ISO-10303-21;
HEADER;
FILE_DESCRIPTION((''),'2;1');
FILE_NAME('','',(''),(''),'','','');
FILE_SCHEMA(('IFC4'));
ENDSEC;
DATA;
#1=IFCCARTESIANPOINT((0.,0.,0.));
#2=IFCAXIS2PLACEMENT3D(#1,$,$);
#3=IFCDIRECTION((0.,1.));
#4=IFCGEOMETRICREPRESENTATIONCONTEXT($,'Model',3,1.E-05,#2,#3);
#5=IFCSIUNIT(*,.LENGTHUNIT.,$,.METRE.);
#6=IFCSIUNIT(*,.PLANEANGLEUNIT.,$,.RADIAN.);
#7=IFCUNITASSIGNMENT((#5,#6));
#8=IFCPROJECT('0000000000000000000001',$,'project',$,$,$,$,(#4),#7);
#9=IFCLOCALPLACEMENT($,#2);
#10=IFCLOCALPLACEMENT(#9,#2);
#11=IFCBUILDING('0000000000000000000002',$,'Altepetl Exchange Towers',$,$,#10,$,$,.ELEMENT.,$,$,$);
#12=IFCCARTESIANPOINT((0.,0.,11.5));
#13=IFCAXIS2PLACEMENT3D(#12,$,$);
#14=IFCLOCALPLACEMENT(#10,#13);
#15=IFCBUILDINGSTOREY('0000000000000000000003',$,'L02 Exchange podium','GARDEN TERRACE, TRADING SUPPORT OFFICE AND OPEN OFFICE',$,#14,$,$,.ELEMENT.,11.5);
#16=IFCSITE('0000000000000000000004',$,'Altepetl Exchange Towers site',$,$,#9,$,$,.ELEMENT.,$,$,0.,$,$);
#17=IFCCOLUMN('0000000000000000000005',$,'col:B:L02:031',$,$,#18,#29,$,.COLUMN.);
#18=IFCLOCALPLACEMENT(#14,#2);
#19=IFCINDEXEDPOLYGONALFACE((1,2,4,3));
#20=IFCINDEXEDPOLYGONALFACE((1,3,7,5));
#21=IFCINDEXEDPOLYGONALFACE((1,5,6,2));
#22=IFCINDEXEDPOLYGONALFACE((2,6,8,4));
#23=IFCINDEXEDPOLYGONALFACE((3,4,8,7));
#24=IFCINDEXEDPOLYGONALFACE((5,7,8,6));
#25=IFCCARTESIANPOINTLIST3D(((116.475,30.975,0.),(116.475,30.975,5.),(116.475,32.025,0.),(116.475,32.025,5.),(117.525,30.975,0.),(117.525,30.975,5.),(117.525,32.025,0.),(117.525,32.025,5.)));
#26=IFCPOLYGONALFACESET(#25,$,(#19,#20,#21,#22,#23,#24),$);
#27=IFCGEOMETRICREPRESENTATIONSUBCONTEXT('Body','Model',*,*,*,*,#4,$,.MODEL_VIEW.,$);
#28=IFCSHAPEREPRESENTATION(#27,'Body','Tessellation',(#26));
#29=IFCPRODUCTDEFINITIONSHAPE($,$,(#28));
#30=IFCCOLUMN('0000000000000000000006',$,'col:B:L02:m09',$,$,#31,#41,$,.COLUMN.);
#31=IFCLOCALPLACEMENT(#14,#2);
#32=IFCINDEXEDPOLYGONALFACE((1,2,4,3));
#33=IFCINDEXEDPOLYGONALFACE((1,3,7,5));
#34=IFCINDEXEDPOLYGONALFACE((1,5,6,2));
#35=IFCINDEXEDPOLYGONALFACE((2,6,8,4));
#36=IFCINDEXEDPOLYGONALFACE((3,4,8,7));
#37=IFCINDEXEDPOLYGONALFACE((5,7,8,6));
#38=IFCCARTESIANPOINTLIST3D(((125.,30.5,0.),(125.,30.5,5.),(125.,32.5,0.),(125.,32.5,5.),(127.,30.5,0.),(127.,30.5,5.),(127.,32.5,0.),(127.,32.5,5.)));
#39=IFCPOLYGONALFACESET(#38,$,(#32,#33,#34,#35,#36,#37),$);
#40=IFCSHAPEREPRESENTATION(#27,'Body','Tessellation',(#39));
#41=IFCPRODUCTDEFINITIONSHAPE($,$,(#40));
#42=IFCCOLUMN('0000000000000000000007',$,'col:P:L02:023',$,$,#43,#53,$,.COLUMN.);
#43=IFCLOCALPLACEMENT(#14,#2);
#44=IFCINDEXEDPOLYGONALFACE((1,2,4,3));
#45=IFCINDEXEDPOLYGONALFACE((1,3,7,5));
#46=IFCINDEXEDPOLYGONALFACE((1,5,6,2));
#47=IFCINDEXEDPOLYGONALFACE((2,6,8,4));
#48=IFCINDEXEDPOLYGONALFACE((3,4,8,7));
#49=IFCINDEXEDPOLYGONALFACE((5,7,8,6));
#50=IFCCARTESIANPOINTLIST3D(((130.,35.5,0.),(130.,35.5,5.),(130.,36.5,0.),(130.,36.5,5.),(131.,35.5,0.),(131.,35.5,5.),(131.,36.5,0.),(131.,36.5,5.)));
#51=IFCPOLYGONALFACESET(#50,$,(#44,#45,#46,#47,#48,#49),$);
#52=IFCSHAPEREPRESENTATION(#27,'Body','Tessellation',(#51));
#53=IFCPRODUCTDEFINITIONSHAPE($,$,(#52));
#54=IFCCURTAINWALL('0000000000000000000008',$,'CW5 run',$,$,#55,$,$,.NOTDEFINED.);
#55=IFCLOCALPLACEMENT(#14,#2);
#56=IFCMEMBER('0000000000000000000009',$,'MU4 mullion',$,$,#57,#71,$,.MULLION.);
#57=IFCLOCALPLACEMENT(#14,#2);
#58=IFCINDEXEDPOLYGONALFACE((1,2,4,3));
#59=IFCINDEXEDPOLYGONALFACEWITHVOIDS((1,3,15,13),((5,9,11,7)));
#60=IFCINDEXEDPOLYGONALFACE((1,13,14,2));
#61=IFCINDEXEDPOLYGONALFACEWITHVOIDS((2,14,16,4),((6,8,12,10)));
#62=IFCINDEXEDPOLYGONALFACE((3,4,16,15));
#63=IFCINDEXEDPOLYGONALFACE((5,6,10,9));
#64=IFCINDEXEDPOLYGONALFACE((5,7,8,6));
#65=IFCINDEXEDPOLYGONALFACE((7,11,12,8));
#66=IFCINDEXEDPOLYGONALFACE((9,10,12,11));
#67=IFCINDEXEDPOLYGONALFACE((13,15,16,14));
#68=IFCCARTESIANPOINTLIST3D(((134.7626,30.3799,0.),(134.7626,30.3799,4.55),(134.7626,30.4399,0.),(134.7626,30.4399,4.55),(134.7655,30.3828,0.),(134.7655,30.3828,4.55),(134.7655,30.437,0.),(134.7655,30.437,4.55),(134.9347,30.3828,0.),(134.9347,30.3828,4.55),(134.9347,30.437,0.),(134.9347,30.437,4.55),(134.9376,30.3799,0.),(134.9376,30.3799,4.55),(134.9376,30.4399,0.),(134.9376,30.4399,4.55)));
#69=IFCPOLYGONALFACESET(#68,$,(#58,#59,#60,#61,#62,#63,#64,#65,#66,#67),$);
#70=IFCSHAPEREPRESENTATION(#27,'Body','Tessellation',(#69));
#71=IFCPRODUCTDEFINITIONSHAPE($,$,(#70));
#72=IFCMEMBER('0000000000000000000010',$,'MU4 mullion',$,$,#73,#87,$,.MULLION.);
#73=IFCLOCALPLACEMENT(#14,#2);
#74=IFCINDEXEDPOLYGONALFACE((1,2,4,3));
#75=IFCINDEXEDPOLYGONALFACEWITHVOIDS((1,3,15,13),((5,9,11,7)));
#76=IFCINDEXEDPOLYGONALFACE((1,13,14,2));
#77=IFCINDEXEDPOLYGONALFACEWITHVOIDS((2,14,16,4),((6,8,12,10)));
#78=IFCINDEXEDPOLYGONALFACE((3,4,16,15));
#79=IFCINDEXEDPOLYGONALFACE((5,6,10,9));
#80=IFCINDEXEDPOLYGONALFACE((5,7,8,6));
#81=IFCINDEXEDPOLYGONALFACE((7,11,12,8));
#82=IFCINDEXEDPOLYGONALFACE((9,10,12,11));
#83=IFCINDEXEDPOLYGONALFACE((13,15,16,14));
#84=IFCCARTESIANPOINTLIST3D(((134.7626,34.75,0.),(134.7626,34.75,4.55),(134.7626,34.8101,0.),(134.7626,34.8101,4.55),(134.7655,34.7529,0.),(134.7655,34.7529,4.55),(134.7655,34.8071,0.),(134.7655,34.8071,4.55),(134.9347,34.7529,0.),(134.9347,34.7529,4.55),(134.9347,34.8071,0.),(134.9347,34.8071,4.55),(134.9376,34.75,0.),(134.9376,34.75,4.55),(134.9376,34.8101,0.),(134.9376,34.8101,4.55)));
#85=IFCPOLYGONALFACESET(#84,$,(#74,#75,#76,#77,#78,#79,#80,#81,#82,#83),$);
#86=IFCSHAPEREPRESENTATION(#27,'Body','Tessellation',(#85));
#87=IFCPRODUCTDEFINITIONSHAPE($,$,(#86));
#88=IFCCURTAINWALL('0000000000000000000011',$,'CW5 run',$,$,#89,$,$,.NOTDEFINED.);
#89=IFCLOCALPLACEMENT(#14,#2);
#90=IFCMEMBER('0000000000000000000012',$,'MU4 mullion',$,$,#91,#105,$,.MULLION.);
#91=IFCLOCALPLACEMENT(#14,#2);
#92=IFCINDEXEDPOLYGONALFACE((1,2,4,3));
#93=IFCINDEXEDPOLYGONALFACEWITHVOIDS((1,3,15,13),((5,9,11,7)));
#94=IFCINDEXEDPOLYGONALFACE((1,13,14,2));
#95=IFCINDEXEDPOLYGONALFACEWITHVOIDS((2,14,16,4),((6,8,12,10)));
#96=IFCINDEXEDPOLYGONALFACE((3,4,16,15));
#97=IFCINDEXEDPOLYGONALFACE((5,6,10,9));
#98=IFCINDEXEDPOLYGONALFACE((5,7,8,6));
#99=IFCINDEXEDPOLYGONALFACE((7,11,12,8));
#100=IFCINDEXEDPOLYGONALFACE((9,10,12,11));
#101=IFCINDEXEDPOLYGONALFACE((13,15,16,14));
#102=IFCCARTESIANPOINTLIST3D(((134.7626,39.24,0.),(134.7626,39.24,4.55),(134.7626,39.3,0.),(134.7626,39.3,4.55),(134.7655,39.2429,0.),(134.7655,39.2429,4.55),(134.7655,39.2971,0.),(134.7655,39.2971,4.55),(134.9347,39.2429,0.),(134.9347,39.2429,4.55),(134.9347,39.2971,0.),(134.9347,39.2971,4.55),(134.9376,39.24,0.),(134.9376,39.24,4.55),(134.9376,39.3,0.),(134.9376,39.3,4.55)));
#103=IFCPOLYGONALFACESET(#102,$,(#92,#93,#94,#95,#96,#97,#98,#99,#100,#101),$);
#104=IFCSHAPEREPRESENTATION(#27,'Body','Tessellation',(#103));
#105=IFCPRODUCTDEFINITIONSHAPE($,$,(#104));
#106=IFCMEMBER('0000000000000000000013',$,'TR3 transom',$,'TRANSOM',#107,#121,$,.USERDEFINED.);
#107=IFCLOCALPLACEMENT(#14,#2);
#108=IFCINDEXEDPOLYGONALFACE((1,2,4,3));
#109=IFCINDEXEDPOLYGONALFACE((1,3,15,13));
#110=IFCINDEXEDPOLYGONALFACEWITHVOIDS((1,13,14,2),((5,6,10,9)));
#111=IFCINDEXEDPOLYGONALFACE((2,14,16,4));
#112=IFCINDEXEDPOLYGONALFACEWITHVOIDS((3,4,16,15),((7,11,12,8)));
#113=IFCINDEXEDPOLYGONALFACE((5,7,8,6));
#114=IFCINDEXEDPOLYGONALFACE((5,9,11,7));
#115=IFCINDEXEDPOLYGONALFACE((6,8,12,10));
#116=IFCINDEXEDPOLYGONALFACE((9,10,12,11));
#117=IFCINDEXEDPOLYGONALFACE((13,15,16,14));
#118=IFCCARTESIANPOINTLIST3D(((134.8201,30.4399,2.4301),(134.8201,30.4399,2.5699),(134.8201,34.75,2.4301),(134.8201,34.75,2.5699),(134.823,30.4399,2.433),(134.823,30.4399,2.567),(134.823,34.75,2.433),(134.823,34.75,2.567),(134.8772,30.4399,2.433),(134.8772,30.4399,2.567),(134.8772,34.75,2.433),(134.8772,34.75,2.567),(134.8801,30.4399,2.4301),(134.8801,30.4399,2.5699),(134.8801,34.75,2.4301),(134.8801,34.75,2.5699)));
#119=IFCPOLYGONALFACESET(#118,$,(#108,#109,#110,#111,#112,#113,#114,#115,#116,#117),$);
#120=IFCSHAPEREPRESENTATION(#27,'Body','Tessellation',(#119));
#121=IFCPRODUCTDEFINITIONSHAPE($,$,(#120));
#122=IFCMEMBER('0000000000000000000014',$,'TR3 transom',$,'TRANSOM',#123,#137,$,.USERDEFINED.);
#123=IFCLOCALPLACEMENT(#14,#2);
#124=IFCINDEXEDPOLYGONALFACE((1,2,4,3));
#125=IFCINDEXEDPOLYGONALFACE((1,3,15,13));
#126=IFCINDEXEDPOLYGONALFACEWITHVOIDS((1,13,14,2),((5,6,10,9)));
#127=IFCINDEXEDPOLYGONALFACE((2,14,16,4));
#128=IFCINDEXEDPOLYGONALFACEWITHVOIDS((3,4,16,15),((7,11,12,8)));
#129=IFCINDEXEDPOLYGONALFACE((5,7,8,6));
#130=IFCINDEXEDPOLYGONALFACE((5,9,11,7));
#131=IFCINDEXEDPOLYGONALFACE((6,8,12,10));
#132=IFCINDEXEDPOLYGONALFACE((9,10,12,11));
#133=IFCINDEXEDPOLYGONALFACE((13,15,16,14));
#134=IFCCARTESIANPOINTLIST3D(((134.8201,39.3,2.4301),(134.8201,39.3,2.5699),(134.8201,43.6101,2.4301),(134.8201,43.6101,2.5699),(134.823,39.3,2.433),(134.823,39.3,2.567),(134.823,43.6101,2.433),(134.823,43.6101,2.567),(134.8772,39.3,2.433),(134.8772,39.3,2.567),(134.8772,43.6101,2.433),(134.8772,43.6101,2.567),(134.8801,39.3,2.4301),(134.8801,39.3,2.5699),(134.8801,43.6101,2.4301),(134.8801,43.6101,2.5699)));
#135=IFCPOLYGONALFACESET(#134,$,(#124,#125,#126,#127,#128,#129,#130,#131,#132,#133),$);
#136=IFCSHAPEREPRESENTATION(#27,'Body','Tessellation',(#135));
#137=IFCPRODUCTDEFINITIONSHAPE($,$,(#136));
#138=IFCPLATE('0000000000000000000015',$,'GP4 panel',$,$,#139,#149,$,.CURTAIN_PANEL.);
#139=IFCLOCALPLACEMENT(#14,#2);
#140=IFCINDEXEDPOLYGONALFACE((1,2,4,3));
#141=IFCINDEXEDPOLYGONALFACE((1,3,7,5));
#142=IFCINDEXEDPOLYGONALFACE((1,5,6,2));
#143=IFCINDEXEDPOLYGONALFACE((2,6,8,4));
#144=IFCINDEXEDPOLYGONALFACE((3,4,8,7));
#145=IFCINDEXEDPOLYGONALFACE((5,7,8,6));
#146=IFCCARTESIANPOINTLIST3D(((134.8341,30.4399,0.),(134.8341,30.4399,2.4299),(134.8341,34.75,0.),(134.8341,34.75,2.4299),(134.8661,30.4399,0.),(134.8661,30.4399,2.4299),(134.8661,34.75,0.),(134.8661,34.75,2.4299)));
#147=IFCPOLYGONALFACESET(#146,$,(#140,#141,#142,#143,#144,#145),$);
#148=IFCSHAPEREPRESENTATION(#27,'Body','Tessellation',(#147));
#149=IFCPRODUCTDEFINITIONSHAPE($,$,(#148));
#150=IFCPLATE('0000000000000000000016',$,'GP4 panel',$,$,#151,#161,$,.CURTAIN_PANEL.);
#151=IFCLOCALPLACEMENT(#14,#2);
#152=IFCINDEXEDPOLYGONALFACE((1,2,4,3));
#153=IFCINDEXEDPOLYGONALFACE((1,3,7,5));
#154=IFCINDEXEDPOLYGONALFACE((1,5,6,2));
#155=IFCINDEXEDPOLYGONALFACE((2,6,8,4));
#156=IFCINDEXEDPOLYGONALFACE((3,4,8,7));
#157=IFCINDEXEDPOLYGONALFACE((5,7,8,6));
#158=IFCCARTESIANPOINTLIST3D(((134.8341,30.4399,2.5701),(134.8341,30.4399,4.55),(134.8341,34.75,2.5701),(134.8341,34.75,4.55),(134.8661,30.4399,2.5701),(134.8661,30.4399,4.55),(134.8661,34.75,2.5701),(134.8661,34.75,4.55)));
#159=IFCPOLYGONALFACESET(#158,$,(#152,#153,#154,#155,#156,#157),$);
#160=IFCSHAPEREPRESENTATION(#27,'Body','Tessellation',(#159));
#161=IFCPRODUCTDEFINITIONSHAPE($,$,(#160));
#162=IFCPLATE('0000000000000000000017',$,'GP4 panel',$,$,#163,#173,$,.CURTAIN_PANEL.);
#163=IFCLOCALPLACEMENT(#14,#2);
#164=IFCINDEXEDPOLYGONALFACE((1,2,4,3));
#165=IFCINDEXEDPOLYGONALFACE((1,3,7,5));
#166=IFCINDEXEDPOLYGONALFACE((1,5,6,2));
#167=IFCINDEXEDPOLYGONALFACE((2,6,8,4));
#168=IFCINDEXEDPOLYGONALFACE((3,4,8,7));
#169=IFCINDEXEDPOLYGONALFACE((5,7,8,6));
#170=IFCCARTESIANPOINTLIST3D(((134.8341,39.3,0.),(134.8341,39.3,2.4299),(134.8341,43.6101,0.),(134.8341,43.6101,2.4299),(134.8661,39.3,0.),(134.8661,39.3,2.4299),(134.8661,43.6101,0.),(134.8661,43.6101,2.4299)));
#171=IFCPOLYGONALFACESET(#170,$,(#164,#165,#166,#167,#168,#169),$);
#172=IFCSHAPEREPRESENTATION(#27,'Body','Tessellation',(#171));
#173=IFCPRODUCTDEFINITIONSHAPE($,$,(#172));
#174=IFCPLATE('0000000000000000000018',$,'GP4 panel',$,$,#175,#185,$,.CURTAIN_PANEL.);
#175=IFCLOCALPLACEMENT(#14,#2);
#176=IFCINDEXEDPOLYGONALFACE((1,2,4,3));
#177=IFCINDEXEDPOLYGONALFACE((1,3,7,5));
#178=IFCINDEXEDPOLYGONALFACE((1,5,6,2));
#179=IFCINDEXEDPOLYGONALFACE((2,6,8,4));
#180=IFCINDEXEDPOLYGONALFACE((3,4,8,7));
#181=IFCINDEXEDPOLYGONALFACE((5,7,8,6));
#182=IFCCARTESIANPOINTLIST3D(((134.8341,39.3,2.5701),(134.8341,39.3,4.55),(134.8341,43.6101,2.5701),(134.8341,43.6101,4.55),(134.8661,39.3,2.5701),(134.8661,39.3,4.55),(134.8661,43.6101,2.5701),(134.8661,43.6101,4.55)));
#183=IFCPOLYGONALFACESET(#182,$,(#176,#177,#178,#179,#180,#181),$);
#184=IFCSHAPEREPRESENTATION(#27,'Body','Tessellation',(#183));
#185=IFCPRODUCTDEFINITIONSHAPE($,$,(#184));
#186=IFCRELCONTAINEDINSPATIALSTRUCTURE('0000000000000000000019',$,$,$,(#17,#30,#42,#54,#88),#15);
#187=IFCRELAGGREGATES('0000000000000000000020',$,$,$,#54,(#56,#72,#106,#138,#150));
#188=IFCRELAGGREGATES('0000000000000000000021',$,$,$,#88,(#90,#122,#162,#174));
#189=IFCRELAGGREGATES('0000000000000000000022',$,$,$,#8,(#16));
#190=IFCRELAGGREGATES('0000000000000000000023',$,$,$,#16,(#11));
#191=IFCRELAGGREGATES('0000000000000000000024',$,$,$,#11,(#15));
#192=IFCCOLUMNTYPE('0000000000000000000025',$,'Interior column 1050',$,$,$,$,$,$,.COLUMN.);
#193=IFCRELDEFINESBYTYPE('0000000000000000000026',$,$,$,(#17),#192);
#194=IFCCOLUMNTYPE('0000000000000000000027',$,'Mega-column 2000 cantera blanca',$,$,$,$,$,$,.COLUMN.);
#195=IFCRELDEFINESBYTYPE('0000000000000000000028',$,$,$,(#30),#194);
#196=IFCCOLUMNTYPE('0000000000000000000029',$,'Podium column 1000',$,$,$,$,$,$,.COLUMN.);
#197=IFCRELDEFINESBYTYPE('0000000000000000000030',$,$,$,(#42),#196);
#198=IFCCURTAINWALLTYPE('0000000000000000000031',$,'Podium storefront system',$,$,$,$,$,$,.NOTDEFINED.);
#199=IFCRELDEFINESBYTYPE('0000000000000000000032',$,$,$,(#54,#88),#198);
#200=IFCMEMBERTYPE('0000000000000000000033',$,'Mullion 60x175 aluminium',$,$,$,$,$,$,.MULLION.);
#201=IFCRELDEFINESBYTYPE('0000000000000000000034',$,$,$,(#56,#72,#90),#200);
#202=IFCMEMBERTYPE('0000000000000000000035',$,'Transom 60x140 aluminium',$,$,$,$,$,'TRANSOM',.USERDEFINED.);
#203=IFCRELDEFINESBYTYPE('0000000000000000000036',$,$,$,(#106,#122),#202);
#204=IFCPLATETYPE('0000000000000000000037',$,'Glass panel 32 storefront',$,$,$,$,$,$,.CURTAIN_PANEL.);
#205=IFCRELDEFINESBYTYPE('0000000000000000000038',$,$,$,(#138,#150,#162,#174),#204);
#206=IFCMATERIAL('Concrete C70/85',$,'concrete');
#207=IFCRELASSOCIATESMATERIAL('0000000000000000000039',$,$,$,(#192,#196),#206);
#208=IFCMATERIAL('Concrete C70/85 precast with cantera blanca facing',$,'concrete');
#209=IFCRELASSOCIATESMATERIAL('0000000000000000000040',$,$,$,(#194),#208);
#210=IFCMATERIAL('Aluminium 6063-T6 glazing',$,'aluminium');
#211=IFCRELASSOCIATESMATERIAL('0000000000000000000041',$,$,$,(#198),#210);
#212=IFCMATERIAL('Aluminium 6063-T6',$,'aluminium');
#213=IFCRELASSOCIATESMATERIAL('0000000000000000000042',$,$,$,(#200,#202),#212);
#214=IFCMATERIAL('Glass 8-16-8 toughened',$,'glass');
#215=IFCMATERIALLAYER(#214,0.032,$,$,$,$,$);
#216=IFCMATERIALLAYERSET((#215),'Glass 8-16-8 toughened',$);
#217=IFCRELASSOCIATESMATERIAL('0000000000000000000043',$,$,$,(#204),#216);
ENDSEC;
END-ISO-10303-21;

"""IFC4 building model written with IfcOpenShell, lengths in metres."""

from ifc_helpers import new_model, si_unit, direction, frame, origin, origin_2d, place, context, subcontext, project, spatial, rectangle, hollow_rectangle, extrude, material, layer, layer_set, material_profile, profile_set, type_object, element, aggregate, save


model = new_model("IFC4")

# Units and contexts
model_context = context("Model", 3, precision=1e-05, world=origin(), true_north=direction((0.0, 1.0)))
body_context = subcontext(model_context, "Body", "Model", "MODEL_VIEW")
ifc_project = project(units=[si_unit("LENGTHUNIT", "METRE"), si_unit("PLANEANGLEUNIT", "RADIAN")], contexts=[model_context])

# Site, building, storey
site_placement = place(None, origin())
site = spatial("IfcSite", under=ifc_project, at=site_placement, Name="Altepetl Exchange Towers site", CompositionType="ELEMENT", RefElevation=0.0)
building_placement = place(site_placement, origin())
building = spatial("IfcBuilding", under=site, at=building_placement, Name="Altepetl Exchange Towers", CompositionType="ELEMENT")
storey_placement = place(building_placement, frame((0.0, 0.0, 11.5)))
storey = spatial("IfcBuildingStorey", under=building, at=storey_placement, Name="L02 Exchange podium", Description="GARDEN TERRACE, TRADING SUPPORT OFFICE AND OPEN OFFICE", CompositionType="ELEMENT", Elevation=11.5)

# Columns
ifc_material_1 = material(Name="Concrete C70/85", Category="concrete")
ifc_material_profile_1 = material_profile(ifc_material_1, rectangle(XDim=1.05, YDim=1.05, at=origin_2d()), Name="1050 x 1050")
ifc_profile_set_1 = profile_set([ifc_material_profile_1], Name="Concrete C70/85")
column_type_1 = type_object("IfcColumnType", Name="Interior column 1050", PredefinedType="COLUMN", material=ifc_profile_set_1)
column_1_placement = place(storey_placement, frame((117.0, 31.5, 0.0)))
element("IfcColumn", 1, at=column_1_placement, inside=storey, type_object=column_type_1, Name="col:B:L02:031", PredefinedType="COLUMN", context=body_context, shape_type="SweptSolid", body=[
    extrude(rectangle(XDim=1.05, YDim=1.05, at=origin_2d()), origin(), (0.0, 0.0, 1.0), 5.0),
])
ifc_material_2 = material(Name="Concrete C70/85 precast with cantera blanca facing", Category="concrete")
ifc_material_profile_2 = material_profile(ifc_material_2, rectangle(XDim=2.0, YDim=2.0, at=origin_2d()), Name="2000 x 2000")
ifc_profile_set_2 = profile_set([ifc_material_profile_2], Name="Concrete C70/85 precast with cantera blanca facing")
column_type_2 = type_object("IfcColumnType", Name="Mega-column 2000 cantera blanca", PredefinedType="COLUMN", material=ifc_profile_set_2)
column_2_placement = place(storey_placement, frame((126.0, 31.5, 0.0)))
element("IfcColumn", 2, at=column_2_placement, inside=storey, type_object=column_type_2, Name="col:B:L02:m09", PredefinedType="COLUMN", context=body_context, shape_type="SweptSolid", body=[
    extrude(rectangle(XDim=2.0, YDim=2.0, at=origin_2d()), origin(), (0.0, 0.0, 1.0), 5.0),
])
ifc_material_profile_3 = material_profile(ifc_material_1, rectangle(XDim=1.0, YDim=1.0, at=origin_2d()), Name="1000 x 1000")
ifc_profile_set_3 = profile_set([ifc_material_profile_3], Name="Concrete C70/85")
column_type_3 = type_object("IfcColumnType", Name="Podium column 1000", PredefinedType="COLUMN", material=ifc_profile_set_3)
column_3_placement = place(storey_placement, frame((130.5, 36.0, 0.0)))
element("IfcColumn", 3, at=column_3_placement, inside=storey, type_object=column_type_3, Name="col:P:L02:023", PredefinedType="COLUMN", context=body_context, shape_type="SweptSolid", body=[
    extrude(rectangle(XDim=1.0, YDim=1.0, at=origin_2d()), origin(), (0.0, 0.0, 1.0), 5.0),
])

# Curtain wall, members
ifc_material_3 = material(Name="Aluminium 6063-T6 glazing", Category="aluminium")
curtain_wall_type = type_object("IfcCurtainWallType", Name="Podium storefront system", PredefinedType="NOTDEFINED", material=ifc_material_3)
curtain_wall_1_placement = place(storey_placement, origin())
curtain_wall_1 = element("IfcCurtainWall", 4, at=curtain_wall_1_placement, inside=storey, type_object=curtain_wall_type, Name="CW5 run", PredefinedType="NOTDEFINED")
ifc_material_4 = material(Name="Aluminium 6063-T6", Category="aluminium")
ifc_material_profile_4 = material_profile(ifc_material_4, hollow_rectangle(XDim=0.0601, YDim=0.175, WallThickness=0.0029, at=origin_2d()), Name="Mullion 60x175 aluminium")
ifc_profile_set_4 = profile_set([ifc_material_profile_4], Name="Aluminium 6063-T6")
member_type_1 = type_object("IfcMemberType", Name="Mullion 60x175 aluminium", PredefinedType="MULLION", material=ifc_profile_set_4)
member_1_placement = place(storey_placement, frame((134.8501, 30.4099, 0.0), z_axis=(0.0, 0.0, 1.0), x_axis=(0.0, 1.0, 0.0)))
member_1 = element("IfcMember", 5, at=member_1_placement, type_object=member_type_1, Name="MU4 mullion", PredefinedType="MULLION", context=body_context, shape_type="SweptSolid", body=[
    extrude(hollow_rectangle(XDim=0.0601, YDim=0.175, WallThickness=0.0029, at=origin_2d()), origin(), (0.0, 0.0, 1.0), 4.55),
])
member_2_placement = place(storey_placement, frame((134.8501, 34.78, 0.0), z_axis=(0.0, 0.0, 1.0), x_axis=(0.0, 1.0, 0.0)))
member_2 = element("IfcMember", 6, at=member_2_placement, type_object=member_type_1, Name="MU4 mullion", PredefinedType="MULLION", context=body_context, shape_type="SweptSolid", body=[
    extrude(hollow_rectangle(XDim=0.0601, YDim=0.175, WallThickness=0.0029, at=origin_2d()), origin(), (0.0, 0.0, 1.0), 4.55),
])

# Curtain wall, member
curtain_wall_2_placement = place(storey_placement, origin())
curtain_wall_2 = element("IfcCurtainWall", 7, at=curtain_wall_2_placement, inside=storey, type_object=curtain_wall_type, Name="CW5 run", PredefinedType="NOTDEFINED")
member_3_placement = place(storey_placement, frame((134.8501, 39.27, 0.0), z_axis=(0.0, 0.0, 1.0), x_axis=(0.0, 1.0, 0.0)))
member_3 = element("IfcMember", 8, at=member_3_placement, type_object=member_type_1, Name="MU4 mullion", PredefinedType="MULLION", context=body_context, shape_type="SweptSolid", body=[
    extrude(hollow_rectangle(XDim=0.0601, YDim=0.175, WallThickness=0.0029, at=origin_2d()), origin(), (0.0, 0.0, 1.0), 4.55),
])

# Members
ifc_material_profile_5 = material_profile(ifc_material_4, hollow_rectangle(XDim=0.0601, YDim=0.1399, WallThickness=0.0029, at=origin_2d()), Name="Transom 60x140 aluminium")
ifc_profile_set_5 = profile_set([ifc_material_profile_5], Name="Aluminium 6063-T6")
member_type_2 = type_object("IfcMemberType", Name="Transom 60x140 aluminium", ElementType="TRANSOM", PredefinedType="USERDEFINED", material=ifc_profile_set_5)
member_4_placement = place(storey_placement, frame((134.8501, 30.4399, 2.5), z_axis=(0.0, 1.0, 0.0), x_axis=(-1.0, 0.0, 0.0)))
member_4 = element("IfcMember", 9, at=member_4_placement, type_object=member_type_2, Name="TR3 transom", ObjectType="TRANSOM", PredefinedType="USERDEFINED", context=body_context, shape_type="SweptSolid", body=[
    extrude(hollow_rectangle(XDim=0.0601, YDim=0.1399, WallThickness=0.0029, at=origin_2d()), origin(), (0.0, 0.0, 1.0), 4.3101),
])
member_5_placement = place(storey_placement, frame((134.8501, 39.3, 2.5), z_axis=(0.0, 1.0, 0.0), x_axis=(-1.0, 0.0, 0.0)))
member_5 = element("IfcMember", 10, at=member_5_placement, type_object=member_type_2, Name="TR3 transom", ObjectType="TRANSOM", PredefinedType="USERDEFINED", context=body_context, shape_type="SweptSolid", body=[
    extrude(hollow_rectangle(XDim=0.0601, YDim=0.1399, WallThickness=0.0029, at=origin_2d()), origin(), (0.0, 0.0, 1.0), 4.3101),
])

# Plates
ifc_material_5 = material(Name="Glass 8-16-8 toughened", Category="glass")
ifc_layer_1 = layer(ifc_material_5, 0.032)
ifc_layer_set_1 = layer_set([ifc_layer_1], Name="Glass 8-16-8 toughened")
plate_type = type_object("IfcPlateType", Name="Glass panel 32 storefront", PredefinedType="CURTAIN_PANEL", material=ifc_layer_set_1)
plate_1_placement = place(storey_placement, frame((134.8501, 32.595, 0.0), z_axis=(0.0, 0.0, 1.0), x_axis=(0.0, 1.0, 0.0)))
plate_1 = element("IfcPlate", 11, at=plate_1_placement, type_object=plate_type, Name="GP4 panel", PredefinedType="CURTAIN_PANEL", context=body_context, shape_type="SweptSolid", body=[
    extrude(rectangle(XDim=4.3101, YDim=0.032, at=origin_2d()), origin(), (0.0, 0.0, 1.0), 2.4299),
])
plate_2_placement = place(storey_placement, frame((134.8501, 32.595, 2.5701), z_axis=(0.0, 0.0, 1.0), x_axis=(0.0, 1.0, 0.0)))
plate_2 = element("IfcPlate", 12, at=plate_2_placement, type_object=plate_type, Name="GP4 panel", PredefinedType="CURTAIN_PANEL", context=body_context, shape_type="SweptSolid", body=[
    extrude(rectangle(XDim=4.3101, YDim=0.032, at=origin_2d()), origin(), (0.0, 0.0, 1.0), 1.98),
])
aggregate(curtain_wall_1, [member_1, member_2, member_4, plate_1, plate_2])
plate_3_placement = place(storey_placement, frame((134.8501, 41.4551, 0.0), z_axis=(0.0, 0.0, 1.0), x_axis=(0.0, 1.0, 0.0)))
plate_3 = element("IfcPlate", 13, at=plate_3_placement, type_object=plate_type, Name="GP4 panel", PredefinedType="CURTAIN_PANEL", context=body_context, shape_type="SweptSolid", body=[
    extrude(rectangle(XDim=4.3101, YDim=0.032, at=origin_2d()), origin(), (0.0, 0.0, 1.0), 2.4299),
])
plate_4_placement = place(storey_placement, frame((134.8501, 41.4551, 2.5701), z_axis=(0.0, 0.0, 1.0), x_axis=(0.0, 1.0, 0.0)))
plate_4 = element("IfcPlate", 14, at=plate_4_placement, type_object=plate_type, Name="GP4 panel", PredefinedType="CURTAIN_PANEL", context=body_context, shape_type="SweptSolid", body=[
    extrude(rectangle(XDim=4.3101, YDim=0.032, at=origin_2d()), origin(), (0.0, 0.0, 1.0), 1.98),
])
aggregate(curtain_wall_2, [member_3, member_5, plate_3, plate_4])

save(model, "model.ifc")
